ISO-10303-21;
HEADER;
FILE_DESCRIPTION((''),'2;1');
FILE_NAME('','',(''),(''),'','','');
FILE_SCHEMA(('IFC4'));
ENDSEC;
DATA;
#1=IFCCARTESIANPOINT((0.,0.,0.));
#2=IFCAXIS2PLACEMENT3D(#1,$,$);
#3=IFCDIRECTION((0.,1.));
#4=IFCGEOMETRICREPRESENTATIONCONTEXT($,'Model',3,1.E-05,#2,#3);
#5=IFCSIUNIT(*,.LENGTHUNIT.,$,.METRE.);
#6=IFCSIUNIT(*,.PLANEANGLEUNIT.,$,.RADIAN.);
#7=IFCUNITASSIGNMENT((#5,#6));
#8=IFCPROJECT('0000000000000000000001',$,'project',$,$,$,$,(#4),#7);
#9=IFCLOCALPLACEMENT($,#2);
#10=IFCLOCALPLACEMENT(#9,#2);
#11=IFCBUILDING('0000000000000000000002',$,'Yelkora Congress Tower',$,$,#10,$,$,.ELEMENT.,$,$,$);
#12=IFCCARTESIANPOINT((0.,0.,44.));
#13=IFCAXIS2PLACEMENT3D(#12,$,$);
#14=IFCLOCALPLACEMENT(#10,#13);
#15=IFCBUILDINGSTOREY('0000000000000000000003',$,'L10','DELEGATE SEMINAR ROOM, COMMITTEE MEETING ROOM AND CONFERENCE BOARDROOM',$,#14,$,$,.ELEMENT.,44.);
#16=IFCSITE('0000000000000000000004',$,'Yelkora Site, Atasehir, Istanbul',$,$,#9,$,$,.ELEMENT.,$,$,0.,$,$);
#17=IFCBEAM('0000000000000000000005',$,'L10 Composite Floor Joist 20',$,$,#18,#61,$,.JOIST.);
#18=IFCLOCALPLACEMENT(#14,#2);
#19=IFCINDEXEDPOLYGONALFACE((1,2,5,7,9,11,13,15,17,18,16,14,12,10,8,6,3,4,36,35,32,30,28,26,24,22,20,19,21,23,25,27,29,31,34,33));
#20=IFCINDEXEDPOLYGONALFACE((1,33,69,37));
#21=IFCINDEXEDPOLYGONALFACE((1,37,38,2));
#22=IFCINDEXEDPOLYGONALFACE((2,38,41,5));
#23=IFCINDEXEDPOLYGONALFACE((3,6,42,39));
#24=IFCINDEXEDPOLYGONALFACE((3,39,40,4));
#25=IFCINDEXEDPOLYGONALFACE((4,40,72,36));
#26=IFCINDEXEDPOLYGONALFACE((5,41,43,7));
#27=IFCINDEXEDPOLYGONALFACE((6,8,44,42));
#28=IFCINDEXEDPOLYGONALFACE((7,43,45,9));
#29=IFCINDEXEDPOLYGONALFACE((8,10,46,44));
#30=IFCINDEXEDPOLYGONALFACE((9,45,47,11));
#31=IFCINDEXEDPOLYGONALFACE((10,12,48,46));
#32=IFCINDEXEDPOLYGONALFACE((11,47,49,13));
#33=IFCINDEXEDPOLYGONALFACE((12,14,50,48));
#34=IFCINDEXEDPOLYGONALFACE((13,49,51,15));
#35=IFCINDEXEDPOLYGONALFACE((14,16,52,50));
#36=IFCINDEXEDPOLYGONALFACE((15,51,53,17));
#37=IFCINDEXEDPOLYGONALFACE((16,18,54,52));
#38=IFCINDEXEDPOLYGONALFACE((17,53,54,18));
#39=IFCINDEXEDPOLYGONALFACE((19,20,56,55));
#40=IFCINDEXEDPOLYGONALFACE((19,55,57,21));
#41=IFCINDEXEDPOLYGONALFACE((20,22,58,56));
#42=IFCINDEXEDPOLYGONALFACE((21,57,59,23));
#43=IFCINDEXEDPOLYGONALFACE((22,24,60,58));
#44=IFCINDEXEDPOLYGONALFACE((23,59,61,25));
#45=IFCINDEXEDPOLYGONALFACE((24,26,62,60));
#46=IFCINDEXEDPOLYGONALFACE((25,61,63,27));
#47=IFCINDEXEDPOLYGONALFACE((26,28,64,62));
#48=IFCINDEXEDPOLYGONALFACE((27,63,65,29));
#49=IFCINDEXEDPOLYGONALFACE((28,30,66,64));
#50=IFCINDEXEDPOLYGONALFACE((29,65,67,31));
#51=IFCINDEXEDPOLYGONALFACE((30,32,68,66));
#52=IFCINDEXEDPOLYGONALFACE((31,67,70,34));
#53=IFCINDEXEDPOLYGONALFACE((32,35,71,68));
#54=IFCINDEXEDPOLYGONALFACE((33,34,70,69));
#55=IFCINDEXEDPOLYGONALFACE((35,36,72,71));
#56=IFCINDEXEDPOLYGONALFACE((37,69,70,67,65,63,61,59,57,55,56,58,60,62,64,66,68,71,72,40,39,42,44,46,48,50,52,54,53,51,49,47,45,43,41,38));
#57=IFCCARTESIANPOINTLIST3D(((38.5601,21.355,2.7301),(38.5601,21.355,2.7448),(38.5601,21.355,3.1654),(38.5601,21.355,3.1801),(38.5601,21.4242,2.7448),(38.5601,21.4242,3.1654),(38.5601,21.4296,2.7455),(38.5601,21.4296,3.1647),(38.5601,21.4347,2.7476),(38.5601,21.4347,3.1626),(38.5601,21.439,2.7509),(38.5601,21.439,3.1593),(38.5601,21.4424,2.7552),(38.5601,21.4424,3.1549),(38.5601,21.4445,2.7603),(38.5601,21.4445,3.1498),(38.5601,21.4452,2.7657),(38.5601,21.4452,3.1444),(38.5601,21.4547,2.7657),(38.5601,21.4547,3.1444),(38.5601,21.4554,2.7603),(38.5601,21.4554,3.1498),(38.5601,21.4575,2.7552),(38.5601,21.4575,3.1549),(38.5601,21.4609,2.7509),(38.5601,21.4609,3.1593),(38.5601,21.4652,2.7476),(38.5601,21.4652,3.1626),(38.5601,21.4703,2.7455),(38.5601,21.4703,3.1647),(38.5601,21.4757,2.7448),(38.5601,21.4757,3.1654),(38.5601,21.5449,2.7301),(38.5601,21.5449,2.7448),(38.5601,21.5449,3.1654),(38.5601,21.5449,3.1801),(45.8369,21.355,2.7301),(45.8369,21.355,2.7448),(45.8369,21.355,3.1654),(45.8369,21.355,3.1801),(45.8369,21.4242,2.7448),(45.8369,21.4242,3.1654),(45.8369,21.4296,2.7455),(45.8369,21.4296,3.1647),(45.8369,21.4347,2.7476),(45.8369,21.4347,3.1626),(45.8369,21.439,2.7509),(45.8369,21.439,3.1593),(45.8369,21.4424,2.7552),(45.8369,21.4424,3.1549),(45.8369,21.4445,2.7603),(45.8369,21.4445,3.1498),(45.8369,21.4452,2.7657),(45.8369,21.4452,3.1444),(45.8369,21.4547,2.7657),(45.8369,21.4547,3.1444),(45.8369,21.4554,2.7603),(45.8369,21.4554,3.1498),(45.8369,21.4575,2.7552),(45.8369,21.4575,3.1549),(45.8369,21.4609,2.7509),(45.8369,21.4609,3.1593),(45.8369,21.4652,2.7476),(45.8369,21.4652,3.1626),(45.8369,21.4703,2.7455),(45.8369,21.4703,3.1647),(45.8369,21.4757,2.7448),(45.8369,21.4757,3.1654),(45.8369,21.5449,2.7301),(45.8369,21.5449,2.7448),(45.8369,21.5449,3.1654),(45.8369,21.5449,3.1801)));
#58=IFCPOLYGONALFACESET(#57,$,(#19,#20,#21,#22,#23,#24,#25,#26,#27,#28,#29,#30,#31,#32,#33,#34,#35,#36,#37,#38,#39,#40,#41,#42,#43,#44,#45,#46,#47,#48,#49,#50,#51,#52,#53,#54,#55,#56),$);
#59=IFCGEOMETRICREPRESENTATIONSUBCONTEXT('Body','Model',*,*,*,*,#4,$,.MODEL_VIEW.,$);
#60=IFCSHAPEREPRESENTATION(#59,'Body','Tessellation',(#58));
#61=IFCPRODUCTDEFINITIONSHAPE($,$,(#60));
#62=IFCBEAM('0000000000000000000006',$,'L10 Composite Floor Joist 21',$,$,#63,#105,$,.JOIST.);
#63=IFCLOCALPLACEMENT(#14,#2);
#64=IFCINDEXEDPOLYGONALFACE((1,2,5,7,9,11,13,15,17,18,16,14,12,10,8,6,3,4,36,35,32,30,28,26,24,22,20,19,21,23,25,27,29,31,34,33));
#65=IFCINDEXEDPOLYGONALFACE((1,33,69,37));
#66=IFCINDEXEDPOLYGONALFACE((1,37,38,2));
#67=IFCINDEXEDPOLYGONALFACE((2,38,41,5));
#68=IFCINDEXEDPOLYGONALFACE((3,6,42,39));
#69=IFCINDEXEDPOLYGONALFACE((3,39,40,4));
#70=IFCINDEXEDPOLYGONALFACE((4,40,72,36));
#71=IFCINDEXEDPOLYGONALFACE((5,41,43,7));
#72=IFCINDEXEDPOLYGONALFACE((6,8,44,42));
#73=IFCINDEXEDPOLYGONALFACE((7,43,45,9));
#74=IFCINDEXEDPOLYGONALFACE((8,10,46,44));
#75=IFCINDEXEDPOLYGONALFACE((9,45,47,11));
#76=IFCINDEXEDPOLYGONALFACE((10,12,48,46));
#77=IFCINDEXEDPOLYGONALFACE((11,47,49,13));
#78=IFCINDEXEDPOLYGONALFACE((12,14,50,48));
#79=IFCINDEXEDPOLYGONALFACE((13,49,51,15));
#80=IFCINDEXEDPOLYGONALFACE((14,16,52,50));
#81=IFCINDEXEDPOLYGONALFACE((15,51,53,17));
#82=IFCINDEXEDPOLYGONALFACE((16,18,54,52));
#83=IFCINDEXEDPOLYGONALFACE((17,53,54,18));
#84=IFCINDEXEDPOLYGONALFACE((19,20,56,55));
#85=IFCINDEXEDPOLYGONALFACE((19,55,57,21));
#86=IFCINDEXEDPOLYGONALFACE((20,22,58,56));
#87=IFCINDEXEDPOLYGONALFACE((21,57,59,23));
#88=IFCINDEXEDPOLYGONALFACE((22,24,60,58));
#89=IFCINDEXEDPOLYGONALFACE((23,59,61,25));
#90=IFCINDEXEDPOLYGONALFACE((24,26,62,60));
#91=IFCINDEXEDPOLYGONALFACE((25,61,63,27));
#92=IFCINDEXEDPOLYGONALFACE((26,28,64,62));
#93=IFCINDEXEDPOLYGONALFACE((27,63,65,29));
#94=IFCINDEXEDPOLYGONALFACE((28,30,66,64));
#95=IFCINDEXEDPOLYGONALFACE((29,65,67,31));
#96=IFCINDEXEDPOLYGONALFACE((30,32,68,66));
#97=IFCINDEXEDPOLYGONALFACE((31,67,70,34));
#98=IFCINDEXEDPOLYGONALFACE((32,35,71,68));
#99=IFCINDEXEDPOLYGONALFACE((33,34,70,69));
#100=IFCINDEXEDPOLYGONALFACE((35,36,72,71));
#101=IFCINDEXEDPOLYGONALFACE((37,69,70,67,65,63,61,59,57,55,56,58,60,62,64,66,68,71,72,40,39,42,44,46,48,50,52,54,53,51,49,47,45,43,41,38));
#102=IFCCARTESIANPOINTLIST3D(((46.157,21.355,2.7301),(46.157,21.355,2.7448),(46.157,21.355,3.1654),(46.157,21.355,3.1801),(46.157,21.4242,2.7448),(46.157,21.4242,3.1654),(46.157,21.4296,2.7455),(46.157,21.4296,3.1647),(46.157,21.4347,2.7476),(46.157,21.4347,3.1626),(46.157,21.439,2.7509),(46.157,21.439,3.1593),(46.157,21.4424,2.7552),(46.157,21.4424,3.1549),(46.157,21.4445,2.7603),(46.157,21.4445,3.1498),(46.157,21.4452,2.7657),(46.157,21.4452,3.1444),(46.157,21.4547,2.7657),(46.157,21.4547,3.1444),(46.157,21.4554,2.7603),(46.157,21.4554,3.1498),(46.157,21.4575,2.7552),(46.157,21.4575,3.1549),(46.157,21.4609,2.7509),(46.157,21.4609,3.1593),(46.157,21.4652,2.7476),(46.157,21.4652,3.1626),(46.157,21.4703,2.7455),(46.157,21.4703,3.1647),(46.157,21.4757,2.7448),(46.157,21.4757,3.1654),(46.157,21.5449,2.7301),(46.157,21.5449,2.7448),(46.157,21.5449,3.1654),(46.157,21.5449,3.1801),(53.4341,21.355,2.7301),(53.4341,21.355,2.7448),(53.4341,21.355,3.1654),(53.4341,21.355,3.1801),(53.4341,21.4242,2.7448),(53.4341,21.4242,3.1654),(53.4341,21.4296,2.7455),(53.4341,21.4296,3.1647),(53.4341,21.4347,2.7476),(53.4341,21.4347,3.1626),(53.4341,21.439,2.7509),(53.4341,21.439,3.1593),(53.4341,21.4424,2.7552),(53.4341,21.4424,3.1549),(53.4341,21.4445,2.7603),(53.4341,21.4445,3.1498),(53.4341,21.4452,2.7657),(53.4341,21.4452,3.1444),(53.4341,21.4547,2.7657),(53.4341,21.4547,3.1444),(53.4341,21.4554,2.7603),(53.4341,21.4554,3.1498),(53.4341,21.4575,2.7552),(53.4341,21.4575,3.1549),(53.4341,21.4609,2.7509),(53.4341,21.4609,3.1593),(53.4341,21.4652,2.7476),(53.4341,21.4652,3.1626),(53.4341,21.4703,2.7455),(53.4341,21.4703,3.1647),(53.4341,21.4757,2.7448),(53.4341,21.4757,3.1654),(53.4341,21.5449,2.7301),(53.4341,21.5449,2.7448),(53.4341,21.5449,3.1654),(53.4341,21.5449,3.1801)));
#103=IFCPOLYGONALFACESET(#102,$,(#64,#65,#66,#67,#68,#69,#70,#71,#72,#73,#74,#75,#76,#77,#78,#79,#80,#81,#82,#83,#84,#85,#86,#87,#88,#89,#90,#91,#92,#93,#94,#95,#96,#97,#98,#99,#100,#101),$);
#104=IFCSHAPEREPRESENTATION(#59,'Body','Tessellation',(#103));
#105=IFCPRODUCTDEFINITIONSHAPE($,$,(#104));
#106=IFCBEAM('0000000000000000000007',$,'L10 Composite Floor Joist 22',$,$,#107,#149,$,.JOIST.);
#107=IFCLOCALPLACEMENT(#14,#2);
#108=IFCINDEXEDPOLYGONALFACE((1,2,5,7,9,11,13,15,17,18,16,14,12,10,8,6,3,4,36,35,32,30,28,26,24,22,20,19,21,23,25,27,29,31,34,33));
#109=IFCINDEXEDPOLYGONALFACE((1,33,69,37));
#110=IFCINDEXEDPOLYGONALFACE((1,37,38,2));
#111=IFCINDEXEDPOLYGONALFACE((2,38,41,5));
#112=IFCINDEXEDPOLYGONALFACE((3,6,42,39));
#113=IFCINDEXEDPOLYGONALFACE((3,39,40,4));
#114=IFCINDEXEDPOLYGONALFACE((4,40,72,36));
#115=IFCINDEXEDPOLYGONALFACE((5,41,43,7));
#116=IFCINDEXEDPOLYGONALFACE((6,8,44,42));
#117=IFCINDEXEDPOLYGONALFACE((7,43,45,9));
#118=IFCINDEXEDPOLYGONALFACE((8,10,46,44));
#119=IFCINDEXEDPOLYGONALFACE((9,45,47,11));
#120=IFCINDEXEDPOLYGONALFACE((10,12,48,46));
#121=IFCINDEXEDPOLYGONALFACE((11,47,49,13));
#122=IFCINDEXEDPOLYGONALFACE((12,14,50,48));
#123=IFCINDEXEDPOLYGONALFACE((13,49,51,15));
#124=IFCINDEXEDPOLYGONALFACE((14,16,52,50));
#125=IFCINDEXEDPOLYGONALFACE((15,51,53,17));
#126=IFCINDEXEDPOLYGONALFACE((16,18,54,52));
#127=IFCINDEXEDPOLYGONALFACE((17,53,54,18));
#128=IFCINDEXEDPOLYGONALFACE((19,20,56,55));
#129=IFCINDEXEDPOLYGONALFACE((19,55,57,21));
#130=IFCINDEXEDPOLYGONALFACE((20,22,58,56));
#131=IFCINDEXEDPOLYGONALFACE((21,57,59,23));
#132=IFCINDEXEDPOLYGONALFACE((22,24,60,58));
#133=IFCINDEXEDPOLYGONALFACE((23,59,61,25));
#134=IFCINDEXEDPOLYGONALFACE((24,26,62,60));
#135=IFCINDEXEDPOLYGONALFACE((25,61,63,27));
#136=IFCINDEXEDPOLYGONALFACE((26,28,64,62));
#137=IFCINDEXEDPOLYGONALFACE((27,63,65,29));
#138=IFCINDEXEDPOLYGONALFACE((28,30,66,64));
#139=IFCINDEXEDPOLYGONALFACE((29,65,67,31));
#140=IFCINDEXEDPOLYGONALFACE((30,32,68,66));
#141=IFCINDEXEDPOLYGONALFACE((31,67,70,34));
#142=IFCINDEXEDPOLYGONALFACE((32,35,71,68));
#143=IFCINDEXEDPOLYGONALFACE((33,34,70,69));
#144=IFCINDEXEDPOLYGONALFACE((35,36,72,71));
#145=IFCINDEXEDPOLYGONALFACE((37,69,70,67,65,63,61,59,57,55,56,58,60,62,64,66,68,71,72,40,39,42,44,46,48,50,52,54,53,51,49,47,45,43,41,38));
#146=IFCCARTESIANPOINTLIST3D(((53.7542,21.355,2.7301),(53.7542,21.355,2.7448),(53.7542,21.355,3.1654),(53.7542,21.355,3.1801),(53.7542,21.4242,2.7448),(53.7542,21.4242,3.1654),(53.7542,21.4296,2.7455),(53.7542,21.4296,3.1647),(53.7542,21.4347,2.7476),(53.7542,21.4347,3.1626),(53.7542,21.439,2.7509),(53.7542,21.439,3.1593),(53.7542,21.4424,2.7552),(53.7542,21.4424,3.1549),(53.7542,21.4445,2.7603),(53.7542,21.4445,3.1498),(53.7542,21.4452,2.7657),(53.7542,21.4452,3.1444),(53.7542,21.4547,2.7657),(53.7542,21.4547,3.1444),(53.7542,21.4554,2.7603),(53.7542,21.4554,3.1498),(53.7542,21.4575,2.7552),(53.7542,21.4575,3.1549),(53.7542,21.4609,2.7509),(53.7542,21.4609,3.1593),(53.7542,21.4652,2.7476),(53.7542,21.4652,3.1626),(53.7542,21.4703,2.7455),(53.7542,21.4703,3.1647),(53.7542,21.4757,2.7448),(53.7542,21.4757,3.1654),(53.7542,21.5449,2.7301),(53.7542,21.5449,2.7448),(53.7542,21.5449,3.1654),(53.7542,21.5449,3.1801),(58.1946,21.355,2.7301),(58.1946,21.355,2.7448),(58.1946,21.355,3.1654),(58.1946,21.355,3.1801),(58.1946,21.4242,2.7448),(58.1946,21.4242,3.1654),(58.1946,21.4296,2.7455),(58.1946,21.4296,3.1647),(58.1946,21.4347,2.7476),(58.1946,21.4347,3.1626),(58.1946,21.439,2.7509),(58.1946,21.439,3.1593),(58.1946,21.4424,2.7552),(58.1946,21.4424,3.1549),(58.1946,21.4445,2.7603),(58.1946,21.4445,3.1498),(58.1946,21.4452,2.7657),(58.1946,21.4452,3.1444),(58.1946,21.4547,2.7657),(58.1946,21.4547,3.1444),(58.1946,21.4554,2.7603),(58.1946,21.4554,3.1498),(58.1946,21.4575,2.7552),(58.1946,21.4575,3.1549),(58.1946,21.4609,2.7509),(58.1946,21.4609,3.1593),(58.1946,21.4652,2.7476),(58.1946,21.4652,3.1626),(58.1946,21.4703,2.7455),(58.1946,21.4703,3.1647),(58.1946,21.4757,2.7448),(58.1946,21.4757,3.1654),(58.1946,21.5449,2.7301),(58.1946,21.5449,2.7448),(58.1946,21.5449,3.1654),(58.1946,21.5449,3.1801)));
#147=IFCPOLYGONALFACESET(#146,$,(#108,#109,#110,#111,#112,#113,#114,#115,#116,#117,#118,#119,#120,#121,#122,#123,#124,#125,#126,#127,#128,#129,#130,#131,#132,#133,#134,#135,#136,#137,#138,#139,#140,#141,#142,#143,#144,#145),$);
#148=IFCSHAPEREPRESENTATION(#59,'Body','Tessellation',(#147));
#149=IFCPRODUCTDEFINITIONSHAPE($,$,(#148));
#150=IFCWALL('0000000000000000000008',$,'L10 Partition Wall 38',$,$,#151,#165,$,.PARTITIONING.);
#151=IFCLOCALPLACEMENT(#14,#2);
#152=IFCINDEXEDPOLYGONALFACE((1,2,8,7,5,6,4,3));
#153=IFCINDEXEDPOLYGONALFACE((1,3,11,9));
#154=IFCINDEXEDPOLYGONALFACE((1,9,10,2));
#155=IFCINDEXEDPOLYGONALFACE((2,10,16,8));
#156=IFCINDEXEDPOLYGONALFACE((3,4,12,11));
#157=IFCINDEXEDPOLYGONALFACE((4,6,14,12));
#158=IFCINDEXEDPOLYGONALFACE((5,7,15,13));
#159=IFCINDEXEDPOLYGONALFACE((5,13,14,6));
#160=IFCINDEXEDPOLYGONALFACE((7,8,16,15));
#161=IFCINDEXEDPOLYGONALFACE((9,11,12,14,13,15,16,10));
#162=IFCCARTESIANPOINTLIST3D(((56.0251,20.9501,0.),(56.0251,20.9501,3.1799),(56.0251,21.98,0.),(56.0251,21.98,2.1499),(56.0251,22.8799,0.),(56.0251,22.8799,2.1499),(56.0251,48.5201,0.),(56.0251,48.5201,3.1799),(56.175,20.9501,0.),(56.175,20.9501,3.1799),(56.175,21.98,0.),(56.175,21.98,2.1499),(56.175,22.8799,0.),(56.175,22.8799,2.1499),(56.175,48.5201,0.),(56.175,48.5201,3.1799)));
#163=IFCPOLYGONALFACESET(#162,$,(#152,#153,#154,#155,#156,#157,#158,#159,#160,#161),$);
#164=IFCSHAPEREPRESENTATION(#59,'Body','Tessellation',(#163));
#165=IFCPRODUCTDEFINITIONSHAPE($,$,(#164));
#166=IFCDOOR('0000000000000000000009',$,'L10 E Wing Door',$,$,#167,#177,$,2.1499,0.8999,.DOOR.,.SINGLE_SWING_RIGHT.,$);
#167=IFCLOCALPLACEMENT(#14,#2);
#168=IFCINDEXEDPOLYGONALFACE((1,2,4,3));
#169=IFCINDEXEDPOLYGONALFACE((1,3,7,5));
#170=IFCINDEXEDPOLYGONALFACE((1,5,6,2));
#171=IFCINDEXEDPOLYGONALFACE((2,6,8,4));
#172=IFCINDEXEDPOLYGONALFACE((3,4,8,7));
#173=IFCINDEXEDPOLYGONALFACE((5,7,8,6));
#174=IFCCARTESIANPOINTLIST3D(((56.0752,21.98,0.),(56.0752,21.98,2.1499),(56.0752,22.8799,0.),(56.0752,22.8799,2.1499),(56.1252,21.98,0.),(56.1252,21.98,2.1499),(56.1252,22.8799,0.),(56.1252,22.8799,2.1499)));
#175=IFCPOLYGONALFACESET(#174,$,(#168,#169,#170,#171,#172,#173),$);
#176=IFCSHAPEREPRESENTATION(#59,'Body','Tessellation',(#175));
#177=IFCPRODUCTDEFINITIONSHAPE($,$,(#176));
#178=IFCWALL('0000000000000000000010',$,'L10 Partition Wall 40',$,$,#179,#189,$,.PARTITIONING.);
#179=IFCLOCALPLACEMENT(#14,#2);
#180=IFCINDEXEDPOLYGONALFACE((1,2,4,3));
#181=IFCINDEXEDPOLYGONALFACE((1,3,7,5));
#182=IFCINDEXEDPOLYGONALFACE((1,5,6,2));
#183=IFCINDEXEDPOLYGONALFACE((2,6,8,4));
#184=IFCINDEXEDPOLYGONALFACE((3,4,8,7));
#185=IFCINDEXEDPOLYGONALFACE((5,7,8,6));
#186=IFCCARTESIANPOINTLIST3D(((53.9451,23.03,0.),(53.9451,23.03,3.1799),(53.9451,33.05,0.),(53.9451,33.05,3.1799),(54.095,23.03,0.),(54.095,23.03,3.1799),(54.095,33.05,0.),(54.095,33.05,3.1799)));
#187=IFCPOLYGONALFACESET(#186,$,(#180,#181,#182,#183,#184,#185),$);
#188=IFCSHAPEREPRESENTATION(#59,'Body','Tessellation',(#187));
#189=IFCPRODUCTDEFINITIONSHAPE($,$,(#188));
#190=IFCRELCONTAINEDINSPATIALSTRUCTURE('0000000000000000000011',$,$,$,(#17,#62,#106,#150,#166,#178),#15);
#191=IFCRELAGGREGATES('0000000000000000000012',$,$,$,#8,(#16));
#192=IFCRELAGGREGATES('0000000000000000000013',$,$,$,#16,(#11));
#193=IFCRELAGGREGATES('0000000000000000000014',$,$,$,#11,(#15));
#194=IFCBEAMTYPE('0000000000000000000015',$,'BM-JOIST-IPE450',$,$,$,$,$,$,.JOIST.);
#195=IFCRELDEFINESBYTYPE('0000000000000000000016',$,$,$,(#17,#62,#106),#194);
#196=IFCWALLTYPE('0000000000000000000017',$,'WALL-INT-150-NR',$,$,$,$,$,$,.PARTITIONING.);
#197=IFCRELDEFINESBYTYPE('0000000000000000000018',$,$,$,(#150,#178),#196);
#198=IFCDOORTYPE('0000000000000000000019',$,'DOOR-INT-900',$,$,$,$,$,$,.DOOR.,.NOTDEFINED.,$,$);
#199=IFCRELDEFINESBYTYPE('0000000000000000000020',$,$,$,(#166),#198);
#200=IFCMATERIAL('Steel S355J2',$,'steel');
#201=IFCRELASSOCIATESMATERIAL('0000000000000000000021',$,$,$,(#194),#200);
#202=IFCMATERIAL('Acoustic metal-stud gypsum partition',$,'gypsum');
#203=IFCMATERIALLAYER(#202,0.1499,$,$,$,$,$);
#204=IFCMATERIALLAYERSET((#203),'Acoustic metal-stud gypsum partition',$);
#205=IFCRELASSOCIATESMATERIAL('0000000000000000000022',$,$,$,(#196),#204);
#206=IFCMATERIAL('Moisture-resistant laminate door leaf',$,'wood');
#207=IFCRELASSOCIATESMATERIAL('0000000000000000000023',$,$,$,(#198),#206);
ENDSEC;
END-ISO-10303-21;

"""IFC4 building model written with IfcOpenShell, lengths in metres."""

from ifc_helpers import new_model, si_unit, direction, frame, frame_2d, origin, origin_2d, place, context, subcontext, project, spatial, rectangle, i_section, extrude, material, layer, layer_set, material_profile, profile_set, type_object, element, fill, save


model = new_model("IFC4")

# Units and contexts
model_context = context("Model", 3, precision=1e-05, world=origin(), true_north=direction((0.0, 1.0)))
body_context = subcontext(model_context, "Body", "Model", "MODEL_VIEW")
ifc_project = project(units=[si_unit("LENGTHUNIT", "METRE"), si_unit("PLANEANGLEUNIT", "RADIAN")], contexts=[model_context])

# Site, building, storey
site_placement = place(None, origin())
site = spatial("IfcSite", under=ifc_project, at=site_placement, Name="Yelkora Site, Atasehir, Istanbul", CompositionType="ELEMENT", RefElevation=0.0)
building_placement = place(site_placement, origin())
building = spatial("IfcBuilding", under=site, at=building_placement, Name="Yelkora Congress Tower", CompositionType="ELEMENT")
storey_placement = place(building_placement, frame((0.0, 0.0, 44.0)))
storey = spatial("IfcBuildingStorey", under=building, at=storey_placement, Name="L10", Description="DELEGATE SEMINAR ROOM, COMMITTEE MEETING ROOM AND CONFERENCE BOARDROOM", CompositionType="ELEMENT", Elevation=44.0)

# Beams
ifc_material_1 = material(Name="Steel S355J2", Category="steel")
ifc_material_profile_1 = material_profile(ifc_material_1, i_section(OverallWidth=0.1899, OverallDepth=0.45, WebThickness=0.0095, FlangeThickness=0.0146, FilletRadius=0.021, at=origin_2d()), Name="IPE 450")
ifc_profile_set_1 = profile_set([ifc_material_profile_1], Name="Steel S355J2")
beam_type_1 = type_object("IfcBeamType", Name="BM-JOIST-IPE450", PredefinedType="JOIST", material=ifc_profile_set_1)
beam_1_placement = place(storey_placement, frame((38.5601, 21.45, 2.9551), z_axis=(1.0, 0.0, 0.0), x_axis=(0.0, 1.0, 0.0)))
element("IfcBeam", 1, at=beam_1_placement, inside=storey, type_object=beam_type_1, Name="L10 Composite Floor Joist 20", PredefinedType="JOIST", context=body_context, shape_type="SweptSolid", body=[
    extrude(i_section(OverallWidth=0.1899, OverallDepth=0.45, WebThickness=0.0095, FlangeThickness=0.0146, FilletRadius=0.021, at=origin_2d()), origin(), (0.0, 0.0, 1.0), 7.2769),
])
beam_2_placement = place(storey_placement, frame((46.157, 21.45, 2.9551), z_axis=(1.0, 0.0, 0.0), x_axis=(0.0, 1.0, 0.0)))
element("IfcBeam", 2, at=beam_2_placement, inside=storey, type_object=beam_type_1, Name="L10 Composite Floor Joist 21", PredefinedType="JOIST", context=body_context, shape_type="SweptSolid", body=[
    extrude(i_section(OverallWidth=0.1899, OverallDepth=0.45, WebThickness=0.0095, FlangeThickness=0.0146, FilletRadius=0.021, at=origin_2d()), origin(), (0.0, 0.0, 1.0), 7.2771),
])
beam_3_placement = place(storey_placement, frame((53.7542, 21.45, 2.9551), z_axis=(1.0, 0.0, 0.0), x_axis=(0.0, 1.0, 0.0)))
element("IfcBeam", 3, at=beam_3_placement, inside=storey, type_object=beam_type_1, Name="L10 Composite Floor Joist 22", PredefinedType="JOIST", context=body_context, shape_type="SweptSolid", body=[
    extrude(i_section(OverallWidth=0.1899, OverallDepth=0.45, WebThickness=0.0095, FlangeThickness=0.0146, FilletRadius=0.021, at=origin_2d()), origin(), (0.0, 0.0, 1.0), 4.4404),
])

# Wall, opening, door
ifc_material_2 = material(Name="Acoustic metal-stud gypsum partition", Category="gypsum")
ifc_layer = layer(ifc_material_2, 0.1499)
ifc_layer_set = layer_set([ifc_layer], Name="Acoustic metal-stud gypsum partition")
wall_type = type_object("IfcWallType", Name="WALL-INT-150-NR", PredefinedType="PARTITIONING", material=ifc_layer_set)
wall_placement = place(storey_placement, frame((56.1001, 20.95, 0.0), z_axis=(0.0, 0.0, 1.0), x_axis=(0.0, 1.0, 0.0)))
wall = element("IfcWall", 4, at=wall_placement, inside=storey, type_object=wall_type, Name="L10 Partition Wall 38", PredefinedType="PARTITIONING", context=body_context, shape_type="SweptSolid", body=[
    extrude(rectangle(XDim=27.5701, YDim=0.1499, at=frame_2d((13.7852, 0.0))), origin(), (0.0, 0.0, 1.0), 3.1799),
])
opening_placement = place(wall_placement, frame((1.03, 0.0, 0.0)))
opening = element("IfcOpeningElement", 5, at=opening_placement, cuts=wall, PredefinedType="OPENING", context=body_context, shape_type="SweptSolid", body=[
    extrude(rectangle(XDim=0.8999, YDim=2.1499, at=frame_2d((0.45, 1.075))), frame((0.0, 0.085, 0.0), z_axis=(0.0, -1.0, 0.0), x_axis=(1.0, 0.0, 0.0)), (0.0, 0.0, 1.0), 0.1699),
])
ifc_material_3 = material(Name="Moisture-resistant laminate door leaf", Category="wood")
door_type = type_object("IfcDoorType", Name="DOOR-INT-900", OperationType="NOTDEFINED", PredefinedType="DOOR", material=ifc_material_3)
door_placement = place(opening_placement, origin())
door = element("IfcDoor", 6, at=door_placement, inside=storey, type_object=door_type, Name="L10 E Wing Door", OperationType="SINGLE_SWING_RIGHT", OverallHeight=2.1499, OverallWidth=0.8999, PredefinedType="DOOR", context=body_context, shape_type="SweptSolid", body=[
    extrude(rectangle(XDim=0.8999, YDim=2.1499, at=frame_2d((0.45, 1.075))), frame((0.0, 0.0249, 0.0), z_axis=(0.0, -1.0, 0.0), x_axis=(1.0, 0.0, 0.0)), (0.0, 0.0, 1.0), 0.05),
])
fill(opening, door)

# Wall
for number, where, z_axis, x_axis, name in (
    (7, (54.02, 23.03, 0.0), (0.0, 0.0, 1.0), (0.0, 1.0, 0.0), "L10 Partition Wall 40"),
):
    element("IfcWall", number, at=place(storey_placement, frame(where, z_axis=z_axis, x_axis=x_axis)), inside=storey, type_object=wall_type, Name=name, PredefinedType="PARTITIONING", context=body_context, shape_type="SweptSolid", body=[
        extrude(rectangle(XDim=10.02, YDim=0.1499, at=frame_2d((5.01, 0.0))), origin(), (0.0, 0.0, 1.0), 3.1799),
    ])

save(model, "model.ifc")
